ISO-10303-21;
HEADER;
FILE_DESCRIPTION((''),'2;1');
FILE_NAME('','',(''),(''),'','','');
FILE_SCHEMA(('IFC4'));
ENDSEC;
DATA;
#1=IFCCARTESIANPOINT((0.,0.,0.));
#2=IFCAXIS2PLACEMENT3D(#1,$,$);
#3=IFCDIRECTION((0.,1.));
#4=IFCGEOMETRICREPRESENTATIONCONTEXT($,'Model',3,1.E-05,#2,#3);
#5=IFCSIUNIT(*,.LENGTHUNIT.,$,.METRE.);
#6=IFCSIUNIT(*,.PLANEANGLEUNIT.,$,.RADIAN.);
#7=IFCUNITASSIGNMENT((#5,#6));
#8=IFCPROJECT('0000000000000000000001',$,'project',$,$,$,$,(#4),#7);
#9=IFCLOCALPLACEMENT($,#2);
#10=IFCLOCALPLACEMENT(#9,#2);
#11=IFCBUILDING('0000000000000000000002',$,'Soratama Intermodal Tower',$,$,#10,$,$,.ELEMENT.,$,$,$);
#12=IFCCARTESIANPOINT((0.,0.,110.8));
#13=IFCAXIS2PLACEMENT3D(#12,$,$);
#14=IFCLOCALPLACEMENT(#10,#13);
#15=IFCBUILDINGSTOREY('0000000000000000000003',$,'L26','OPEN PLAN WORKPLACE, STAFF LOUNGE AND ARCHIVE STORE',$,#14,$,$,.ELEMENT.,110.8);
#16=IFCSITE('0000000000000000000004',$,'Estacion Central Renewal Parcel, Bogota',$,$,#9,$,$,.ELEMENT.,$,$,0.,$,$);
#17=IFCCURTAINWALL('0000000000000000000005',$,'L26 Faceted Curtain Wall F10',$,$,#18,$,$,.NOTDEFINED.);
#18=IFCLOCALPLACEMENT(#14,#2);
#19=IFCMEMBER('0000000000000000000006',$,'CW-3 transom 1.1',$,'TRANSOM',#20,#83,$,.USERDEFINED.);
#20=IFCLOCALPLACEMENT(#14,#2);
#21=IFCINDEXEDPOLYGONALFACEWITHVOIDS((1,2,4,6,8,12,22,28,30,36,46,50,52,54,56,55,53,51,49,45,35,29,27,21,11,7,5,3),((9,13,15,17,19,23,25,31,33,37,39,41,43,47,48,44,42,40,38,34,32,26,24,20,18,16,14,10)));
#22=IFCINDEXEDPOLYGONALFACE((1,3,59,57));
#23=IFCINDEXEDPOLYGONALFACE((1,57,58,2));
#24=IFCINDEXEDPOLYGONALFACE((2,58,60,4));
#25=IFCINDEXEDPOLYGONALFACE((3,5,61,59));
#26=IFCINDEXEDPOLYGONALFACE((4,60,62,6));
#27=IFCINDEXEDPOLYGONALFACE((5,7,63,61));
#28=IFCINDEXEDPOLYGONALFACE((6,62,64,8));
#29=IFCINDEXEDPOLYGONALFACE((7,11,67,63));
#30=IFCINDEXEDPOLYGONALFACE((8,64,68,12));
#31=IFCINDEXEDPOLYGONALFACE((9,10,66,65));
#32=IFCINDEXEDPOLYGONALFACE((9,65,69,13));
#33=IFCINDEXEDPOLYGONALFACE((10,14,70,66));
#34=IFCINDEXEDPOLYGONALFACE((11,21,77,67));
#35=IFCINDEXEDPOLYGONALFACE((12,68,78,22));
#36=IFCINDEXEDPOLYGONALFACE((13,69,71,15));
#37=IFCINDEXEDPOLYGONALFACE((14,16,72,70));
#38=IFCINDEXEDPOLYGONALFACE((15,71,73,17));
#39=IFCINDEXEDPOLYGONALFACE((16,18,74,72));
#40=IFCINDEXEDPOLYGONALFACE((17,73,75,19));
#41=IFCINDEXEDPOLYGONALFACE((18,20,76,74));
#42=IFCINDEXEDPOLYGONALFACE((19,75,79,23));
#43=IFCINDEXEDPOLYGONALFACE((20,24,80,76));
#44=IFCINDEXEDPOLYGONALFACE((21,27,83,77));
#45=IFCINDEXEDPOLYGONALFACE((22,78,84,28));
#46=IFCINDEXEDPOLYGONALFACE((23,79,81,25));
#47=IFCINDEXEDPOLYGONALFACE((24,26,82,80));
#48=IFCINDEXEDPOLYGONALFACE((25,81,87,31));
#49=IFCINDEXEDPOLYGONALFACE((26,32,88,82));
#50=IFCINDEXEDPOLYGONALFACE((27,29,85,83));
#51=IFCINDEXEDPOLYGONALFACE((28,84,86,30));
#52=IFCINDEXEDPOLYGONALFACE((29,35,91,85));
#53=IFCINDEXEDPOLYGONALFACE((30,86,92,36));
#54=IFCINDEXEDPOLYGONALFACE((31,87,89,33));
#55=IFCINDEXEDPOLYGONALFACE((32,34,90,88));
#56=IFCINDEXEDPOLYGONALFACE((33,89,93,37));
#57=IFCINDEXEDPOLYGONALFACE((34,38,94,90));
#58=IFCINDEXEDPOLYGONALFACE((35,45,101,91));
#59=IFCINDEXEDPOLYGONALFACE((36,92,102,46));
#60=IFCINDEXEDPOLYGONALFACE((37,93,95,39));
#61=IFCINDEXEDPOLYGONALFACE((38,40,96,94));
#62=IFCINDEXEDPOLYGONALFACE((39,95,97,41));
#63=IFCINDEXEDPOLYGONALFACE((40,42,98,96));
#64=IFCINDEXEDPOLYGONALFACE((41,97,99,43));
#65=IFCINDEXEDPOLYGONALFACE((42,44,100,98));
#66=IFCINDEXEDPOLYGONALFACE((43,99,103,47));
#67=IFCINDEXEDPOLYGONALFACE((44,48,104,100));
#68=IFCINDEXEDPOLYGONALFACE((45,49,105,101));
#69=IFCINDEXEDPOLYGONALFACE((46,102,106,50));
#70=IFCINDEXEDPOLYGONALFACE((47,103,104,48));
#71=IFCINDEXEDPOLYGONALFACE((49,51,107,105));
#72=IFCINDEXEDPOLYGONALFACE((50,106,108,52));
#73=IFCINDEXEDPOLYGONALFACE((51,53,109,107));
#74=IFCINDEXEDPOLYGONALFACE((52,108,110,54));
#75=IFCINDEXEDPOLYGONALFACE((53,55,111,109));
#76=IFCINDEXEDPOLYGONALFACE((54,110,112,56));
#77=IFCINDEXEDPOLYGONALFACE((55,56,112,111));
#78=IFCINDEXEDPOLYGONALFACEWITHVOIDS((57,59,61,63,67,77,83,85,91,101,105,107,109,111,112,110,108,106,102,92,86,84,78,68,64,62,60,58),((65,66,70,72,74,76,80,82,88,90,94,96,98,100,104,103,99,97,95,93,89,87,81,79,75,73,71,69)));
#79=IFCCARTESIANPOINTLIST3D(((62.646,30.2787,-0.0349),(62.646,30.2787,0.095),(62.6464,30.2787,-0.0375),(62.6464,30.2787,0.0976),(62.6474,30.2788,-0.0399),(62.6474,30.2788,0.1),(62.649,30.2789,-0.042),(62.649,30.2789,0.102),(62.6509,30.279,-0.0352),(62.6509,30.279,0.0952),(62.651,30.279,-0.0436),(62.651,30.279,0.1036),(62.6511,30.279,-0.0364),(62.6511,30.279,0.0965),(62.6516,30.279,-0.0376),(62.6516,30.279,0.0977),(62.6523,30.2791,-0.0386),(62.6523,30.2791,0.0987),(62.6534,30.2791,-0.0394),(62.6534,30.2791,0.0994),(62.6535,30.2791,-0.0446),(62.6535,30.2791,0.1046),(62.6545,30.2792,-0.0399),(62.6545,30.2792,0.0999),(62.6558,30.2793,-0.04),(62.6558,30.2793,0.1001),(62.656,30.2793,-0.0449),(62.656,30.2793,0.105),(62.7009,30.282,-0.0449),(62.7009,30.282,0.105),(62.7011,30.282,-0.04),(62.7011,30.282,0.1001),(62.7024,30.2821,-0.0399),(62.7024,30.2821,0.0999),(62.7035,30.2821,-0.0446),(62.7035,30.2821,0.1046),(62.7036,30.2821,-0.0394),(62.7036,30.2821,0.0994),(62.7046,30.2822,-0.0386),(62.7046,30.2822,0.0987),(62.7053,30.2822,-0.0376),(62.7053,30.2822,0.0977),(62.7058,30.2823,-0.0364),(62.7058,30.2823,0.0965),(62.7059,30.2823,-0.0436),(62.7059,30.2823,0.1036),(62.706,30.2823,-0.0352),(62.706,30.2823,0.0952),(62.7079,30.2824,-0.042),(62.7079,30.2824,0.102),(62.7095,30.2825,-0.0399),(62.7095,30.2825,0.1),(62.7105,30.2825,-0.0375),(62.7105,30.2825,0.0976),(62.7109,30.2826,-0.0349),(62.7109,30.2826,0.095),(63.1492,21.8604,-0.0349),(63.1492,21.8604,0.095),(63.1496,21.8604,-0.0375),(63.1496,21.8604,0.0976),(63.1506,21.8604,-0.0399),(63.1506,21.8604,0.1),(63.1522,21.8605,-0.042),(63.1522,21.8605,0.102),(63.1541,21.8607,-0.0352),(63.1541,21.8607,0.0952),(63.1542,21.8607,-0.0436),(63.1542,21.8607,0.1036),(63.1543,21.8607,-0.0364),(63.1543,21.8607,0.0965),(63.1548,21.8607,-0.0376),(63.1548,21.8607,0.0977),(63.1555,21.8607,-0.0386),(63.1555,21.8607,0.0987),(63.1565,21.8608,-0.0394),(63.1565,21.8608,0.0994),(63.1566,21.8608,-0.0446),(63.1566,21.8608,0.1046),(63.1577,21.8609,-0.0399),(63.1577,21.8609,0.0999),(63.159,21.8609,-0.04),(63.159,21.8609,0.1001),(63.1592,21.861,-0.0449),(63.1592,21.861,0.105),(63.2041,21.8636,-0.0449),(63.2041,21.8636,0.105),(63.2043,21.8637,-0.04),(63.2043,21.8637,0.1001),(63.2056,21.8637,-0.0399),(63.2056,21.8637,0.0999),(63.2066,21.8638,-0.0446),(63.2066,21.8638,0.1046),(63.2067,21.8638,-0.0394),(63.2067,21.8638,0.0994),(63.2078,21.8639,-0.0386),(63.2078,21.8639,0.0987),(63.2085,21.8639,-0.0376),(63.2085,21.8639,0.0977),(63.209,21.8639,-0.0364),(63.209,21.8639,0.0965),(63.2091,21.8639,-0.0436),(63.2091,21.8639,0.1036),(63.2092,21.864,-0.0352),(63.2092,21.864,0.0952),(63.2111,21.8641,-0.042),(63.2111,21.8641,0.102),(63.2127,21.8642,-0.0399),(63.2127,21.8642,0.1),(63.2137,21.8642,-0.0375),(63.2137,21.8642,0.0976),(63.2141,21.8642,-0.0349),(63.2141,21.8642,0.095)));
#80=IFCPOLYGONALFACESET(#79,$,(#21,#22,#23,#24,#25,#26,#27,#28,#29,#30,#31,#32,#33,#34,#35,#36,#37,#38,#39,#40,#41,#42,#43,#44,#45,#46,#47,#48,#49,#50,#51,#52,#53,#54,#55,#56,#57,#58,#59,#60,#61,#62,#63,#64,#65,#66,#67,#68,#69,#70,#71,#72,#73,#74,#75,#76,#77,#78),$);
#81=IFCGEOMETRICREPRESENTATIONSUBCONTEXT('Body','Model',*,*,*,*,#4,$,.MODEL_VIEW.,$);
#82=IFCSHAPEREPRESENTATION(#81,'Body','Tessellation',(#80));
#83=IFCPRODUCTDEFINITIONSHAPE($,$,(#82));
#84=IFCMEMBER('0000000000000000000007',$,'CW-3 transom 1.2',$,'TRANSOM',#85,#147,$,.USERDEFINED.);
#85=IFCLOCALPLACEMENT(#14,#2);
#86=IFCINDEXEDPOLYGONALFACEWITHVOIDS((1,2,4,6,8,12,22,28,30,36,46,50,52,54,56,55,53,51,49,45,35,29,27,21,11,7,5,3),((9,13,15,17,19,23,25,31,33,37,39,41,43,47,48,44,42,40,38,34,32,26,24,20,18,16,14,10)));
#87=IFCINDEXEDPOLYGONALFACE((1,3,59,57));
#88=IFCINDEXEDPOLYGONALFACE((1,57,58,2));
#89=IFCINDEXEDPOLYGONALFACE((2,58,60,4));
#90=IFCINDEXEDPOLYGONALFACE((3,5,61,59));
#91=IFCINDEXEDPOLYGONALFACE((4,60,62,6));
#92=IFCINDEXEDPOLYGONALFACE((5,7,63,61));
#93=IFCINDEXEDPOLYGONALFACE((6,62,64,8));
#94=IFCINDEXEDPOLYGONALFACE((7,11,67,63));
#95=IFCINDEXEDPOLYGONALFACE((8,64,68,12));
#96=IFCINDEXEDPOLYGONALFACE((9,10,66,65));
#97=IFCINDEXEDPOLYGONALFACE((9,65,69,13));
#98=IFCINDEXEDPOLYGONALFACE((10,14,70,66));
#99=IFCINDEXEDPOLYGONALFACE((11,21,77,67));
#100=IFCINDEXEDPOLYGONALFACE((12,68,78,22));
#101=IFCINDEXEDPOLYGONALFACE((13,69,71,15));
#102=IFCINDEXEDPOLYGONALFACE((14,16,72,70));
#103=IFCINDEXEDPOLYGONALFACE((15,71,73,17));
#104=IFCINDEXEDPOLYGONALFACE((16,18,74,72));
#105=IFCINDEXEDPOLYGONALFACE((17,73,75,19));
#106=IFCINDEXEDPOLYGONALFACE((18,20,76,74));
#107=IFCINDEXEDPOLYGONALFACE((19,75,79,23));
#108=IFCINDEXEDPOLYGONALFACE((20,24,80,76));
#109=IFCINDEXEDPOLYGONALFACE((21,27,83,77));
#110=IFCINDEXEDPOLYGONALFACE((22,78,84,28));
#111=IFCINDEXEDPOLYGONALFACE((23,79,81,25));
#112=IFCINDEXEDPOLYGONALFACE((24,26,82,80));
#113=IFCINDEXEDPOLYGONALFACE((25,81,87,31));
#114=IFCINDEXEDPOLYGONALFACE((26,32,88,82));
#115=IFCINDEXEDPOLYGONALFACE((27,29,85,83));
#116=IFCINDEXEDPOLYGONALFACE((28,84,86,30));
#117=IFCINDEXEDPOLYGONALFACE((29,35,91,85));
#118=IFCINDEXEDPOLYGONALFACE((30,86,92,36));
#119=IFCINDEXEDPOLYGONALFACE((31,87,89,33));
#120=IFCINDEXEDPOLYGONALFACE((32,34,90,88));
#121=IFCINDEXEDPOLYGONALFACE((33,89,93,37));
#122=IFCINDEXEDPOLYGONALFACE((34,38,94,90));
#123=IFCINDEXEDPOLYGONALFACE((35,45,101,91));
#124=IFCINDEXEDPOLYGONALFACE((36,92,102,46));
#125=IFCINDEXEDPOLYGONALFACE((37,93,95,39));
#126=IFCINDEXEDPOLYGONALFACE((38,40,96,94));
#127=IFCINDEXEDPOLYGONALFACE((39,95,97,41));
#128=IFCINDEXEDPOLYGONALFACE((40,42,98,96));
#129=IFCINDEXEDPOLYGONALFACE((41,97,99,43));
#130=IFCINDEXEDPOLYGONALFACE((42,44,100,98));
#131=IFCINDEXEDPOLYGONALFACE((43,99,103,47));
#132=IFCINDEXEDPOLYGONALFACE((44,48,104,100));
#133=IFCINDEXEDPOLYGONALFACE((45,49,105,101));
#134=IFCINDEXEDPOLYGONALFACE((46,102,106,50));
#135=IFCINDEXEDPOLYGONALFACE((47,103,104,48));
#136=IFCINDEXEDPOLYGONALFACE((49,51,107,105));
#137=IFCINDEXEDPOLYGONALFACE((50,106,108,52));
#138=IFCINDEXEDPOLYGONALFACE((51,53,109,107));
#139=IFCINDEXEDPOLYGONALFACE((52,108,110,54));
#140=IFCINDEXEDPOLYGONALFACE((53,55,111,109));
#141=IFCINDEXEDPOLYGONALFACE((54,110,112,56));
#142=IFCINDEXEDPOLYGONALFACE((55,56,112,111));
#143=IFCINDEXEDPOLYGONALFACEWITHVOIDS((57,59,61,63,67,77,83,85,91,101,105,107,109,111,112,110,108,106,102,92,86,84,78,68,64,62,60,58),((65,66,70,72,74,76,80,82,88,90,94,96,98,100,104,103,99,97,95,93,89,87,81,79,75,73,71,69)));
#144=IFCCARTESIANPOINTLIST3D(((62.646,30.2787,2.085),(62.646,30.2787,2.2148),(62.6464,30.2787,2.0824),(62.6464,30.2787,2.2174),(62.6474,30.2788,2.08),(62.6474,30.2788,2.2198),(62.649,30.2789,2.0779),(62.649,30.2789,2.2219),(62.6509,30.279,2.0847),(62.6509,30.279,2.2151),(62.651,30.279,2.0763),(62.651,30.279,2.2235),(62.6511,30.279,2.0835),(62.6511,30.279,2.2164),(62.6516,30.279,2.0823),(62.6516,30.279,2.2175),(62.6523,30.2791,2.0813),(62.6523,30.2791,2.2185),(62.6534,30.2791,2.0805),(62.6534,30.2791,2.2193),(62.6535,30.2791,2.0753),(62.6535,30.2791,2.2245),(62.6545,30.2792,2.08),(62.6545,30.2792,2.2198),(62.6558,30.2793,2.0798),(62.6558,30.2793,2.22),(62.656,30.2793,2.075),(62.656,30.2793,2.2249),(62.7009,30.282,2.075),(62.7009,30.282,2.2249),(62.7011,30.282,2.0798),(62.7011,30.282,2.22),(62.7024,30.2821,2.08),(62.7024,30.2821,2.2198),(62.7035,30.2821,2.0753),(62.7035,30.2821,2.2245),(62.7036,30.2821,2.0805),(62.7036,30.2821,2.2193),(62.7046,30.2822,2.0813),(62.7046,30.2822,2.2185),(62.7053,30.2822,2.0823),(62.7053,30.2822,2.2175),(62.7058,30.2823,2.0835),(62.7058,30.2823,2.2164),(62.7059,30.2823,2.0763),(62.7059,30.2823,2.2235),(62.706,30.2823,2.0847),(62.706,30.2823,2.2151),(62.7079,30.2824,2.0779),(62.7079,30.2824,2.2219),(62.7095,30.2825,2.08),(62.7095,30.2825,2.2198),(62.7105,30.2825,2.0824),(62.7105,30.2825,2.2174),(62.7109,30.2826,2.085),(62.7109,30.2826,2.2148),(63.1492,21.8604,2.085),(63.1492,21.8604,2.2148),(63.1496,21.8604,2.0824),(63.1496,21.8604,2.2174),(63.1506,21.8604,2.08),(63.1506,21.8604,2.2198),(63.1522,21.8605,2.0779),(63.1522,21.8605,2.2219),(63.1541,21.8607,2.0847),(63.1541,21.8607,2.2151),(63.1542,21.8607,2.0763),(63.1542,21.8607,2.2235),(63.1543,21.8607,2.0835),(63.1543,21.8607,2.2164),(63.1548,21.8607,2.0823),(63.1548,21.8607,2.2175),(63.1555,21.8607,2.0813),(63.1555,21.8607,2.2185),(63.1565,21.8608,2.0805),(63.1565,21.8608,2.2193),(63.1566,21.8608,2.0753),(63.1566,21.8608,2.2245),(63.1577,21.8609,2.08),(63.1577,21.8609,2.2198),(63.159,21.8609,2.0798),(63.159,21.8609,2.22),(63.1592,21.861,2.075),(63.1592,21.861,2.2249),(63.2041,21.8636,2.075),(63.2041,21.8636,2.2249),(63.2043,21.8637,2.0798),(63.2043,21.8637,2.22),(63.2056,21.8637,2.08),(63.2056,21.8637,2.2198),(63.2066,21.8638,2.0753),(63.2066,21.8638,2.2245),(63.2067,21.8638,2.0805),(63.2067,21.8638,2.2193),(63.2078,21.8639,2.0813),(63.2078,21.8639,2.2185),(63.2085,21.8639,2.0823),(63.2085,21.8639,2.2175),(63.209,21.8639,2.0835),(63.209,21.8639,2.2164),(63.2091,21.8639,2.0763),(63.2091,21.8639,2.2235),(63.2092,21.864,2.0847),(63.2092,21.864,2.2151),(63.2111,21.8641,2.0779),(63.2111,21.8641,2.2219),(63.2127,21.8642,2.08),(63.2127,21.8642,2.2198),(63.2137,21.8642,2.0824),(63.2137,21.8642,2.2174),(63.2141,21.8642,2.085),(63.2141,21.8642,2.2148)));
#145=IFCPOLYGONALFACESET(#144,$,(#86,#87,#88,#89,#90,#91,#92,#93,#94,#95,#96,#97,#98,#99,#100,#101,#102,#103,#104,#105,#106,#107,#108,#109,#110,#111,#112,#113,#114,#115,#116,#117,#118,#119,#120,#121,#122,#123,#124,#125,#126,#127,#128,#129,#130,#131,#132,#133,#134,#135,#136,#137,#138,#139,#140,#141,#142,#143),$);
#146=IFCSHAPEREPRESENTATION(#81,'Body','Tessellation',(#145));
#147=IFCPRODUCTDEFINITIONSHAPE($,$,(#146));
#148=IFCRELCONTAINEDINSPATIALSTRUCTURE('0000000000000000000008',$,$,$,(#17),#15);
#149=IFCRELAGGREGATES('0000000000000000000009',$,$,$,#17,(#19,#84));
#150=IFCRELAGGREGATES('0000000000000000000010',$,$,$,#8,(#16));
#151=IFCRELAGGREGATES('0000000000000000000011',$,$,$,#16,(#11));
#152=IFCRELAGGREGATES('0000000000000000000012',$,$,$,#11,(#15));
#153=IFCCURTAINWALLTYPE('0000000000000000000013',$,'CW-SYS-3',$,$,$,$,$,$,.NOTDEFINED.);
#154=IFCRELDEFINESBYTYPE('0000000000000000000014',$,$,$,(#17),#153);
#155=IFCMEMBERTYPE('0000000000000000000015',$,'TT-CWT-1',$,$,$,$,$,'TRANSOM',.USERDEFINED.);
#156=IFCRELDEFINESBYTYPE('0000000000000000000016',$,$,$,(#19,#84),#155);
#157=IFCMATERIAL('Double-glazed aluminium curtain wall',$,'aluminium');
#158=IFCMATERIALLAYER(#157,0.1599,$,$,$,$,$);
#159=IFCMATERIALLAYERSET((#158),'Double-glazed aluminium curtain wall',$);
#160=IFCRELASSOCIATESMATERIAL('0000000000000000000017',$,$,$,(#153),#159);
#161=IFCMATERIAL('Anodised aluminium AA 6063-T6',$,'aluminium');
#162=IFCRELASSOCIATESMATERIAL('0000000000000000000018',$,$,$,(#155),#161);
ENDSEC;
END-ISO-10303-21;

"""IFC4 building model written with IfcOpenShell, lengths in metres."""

from ifc_helpers import new_model, si_unit, direction, frame, origin, origin_2d, place, context, subcontext, project, spatial, hollow_rectangle, extrude, material, layer, layer_set, material_profile, profile_set, type_object, element, aggregate, save


model = new_model("IFC4")

# Units and contexts
model_context = context("Model", 3, precision=1e-05, world=origin(), true_north=direction((0.0, 1.0)))
body_context = subcontext(model_context, "Body", "Model", "MODEL_VIEW")
ifc_project = project(units=[si_unit("LENGTHUNIT", "METRE"), si_unit("PLANEANGLEUNIT", "RADIAN")], contexts=[model_context])

# Site, building, storey
site_placement = place(None, origin())
site = spatial("IfcSite", under=ifc_project, at=site_placement, Name="Estacion Central Renewal Parcel, Bogota", CompositionType="ELEMENT", RefElevation=0.0)
building_placement = place(site_placement, origin())
building = spatial("IfcBuilding", under=site, at=building_placement, Name="Soratama Intermodal Tower", CompositionType="ELEMENT")
storey_placement = place(building_placement, frame((0.0, 0.0, 110.8)))
storey = spatial("IfcBuildingStorey", under=building, at=storey_placement, Name="L26", Description="OPEN PLAN WORKPLACE, STAFF LOUNGE AND ARCHIVE STORE", CompositionType="ELEMENT", Elevation=110.8)

# Shared definitions
ifc_material_1 = material(Name="Double-glazed aluminium curtain wall", Category="aluminium")
ifc_layer_1 = layer(ifc_material_1, 0.1599)
ifc_layer_set_1 = layer_set([ifc_layer_1], Name="Double-glazed aluminium curtain wall")
curtain_wall_type = type_object("IfcCurtainWallType", Name="CW-SYS-3", PredefinedType="NOTDEFINED", material=ifc_layer_set_1)

# Curtain wall, members
curtain_wall_1_placement = place(storey_placement, origin())
curtain_wall_1 = element("IfcCurtainWall", 1, at=curtain_wall_1_placement, inside=storey, type_object=curtain_wall_type, Name="L26 Faceted Curtain Wall F10", PredefinedType="NOTDEFINED")
ifc_material_2 = material(Name="Anodised aluminium AA 6063-T6", Category="aluminium")
ifc_material_profile_1 = material_profile(ifc_material_2, hollow_rectangle(XDim=0.0649, YDim=0.1499, WallThickness=0.0049, InnerFilletRadius=0.0049, OuterFilletRadius=0.01, at=origin_2d()), Name="CWT150X65X5")
ifc_profile_set_1 = profile_set([ifc_material_profile_1], Name="Anodised aluminium AA 6063-T6")
member_type_1 = type_object("IfcMemberType", Name="TT-CWT-1", ElementType="TRANSOM", PredefinedType="USERDEFINED", material=ifc_profile_set_1)
member_1_placement = place(storey_placement, frame((63.1816, 21.8623, 0.03), z_axis=(-0.059666, 0.998218, 0.0), x_axis=(-0.998218, -0.059666, 0.0)))
member_1 = element("IfcMember", 2, at=member_1_placement, type_object=member_type_1, Name="CW-3 transom 1.1", ObjectType="TRANSOM", PredefinedType="USERDEFINED", context=body_context, shape_type="SweptSolid", body=[
    extrude(hollow_rectangle(XDim=0.0649, YDim=0.1499, WallThickness=0.0049, InnerFilletRadius=0.0049, OuterFilletRadius=0.01, at=origin_2d()), origin(), (0.0, 0.0, 1.0), 8.4333),
])
member_2_placement = place(storey_placement, frame((63.1816, 21.8623, 2.1499), z_axis=(-0.059666, 0.998218, 0.0), x_axis=(-0.998218, -0.059666, 0.0)))
member_2 = element("IfcMember", 3, at=member_2_placement, type_object=member_type_1, Name="CW-3 transom 1.2", ObjectType="TRANSOM", PredefinedType="USERDEFINED", context=body_context, shape_type="SweptSolid", body=[
    extrude(hollow_rectangle(XDim=0.0649, YDim=0.1499, WallThickness=0.0049, InnerFilletRadius=0.0049, OuterFilletRadius=0.01, at=origin_2d()), origin(), (0.0, 0.0, 1.0), 8.4333),
])
aggregate(curtain_wall_1, [member_1, member_2])

save(model, "model.ifc")
